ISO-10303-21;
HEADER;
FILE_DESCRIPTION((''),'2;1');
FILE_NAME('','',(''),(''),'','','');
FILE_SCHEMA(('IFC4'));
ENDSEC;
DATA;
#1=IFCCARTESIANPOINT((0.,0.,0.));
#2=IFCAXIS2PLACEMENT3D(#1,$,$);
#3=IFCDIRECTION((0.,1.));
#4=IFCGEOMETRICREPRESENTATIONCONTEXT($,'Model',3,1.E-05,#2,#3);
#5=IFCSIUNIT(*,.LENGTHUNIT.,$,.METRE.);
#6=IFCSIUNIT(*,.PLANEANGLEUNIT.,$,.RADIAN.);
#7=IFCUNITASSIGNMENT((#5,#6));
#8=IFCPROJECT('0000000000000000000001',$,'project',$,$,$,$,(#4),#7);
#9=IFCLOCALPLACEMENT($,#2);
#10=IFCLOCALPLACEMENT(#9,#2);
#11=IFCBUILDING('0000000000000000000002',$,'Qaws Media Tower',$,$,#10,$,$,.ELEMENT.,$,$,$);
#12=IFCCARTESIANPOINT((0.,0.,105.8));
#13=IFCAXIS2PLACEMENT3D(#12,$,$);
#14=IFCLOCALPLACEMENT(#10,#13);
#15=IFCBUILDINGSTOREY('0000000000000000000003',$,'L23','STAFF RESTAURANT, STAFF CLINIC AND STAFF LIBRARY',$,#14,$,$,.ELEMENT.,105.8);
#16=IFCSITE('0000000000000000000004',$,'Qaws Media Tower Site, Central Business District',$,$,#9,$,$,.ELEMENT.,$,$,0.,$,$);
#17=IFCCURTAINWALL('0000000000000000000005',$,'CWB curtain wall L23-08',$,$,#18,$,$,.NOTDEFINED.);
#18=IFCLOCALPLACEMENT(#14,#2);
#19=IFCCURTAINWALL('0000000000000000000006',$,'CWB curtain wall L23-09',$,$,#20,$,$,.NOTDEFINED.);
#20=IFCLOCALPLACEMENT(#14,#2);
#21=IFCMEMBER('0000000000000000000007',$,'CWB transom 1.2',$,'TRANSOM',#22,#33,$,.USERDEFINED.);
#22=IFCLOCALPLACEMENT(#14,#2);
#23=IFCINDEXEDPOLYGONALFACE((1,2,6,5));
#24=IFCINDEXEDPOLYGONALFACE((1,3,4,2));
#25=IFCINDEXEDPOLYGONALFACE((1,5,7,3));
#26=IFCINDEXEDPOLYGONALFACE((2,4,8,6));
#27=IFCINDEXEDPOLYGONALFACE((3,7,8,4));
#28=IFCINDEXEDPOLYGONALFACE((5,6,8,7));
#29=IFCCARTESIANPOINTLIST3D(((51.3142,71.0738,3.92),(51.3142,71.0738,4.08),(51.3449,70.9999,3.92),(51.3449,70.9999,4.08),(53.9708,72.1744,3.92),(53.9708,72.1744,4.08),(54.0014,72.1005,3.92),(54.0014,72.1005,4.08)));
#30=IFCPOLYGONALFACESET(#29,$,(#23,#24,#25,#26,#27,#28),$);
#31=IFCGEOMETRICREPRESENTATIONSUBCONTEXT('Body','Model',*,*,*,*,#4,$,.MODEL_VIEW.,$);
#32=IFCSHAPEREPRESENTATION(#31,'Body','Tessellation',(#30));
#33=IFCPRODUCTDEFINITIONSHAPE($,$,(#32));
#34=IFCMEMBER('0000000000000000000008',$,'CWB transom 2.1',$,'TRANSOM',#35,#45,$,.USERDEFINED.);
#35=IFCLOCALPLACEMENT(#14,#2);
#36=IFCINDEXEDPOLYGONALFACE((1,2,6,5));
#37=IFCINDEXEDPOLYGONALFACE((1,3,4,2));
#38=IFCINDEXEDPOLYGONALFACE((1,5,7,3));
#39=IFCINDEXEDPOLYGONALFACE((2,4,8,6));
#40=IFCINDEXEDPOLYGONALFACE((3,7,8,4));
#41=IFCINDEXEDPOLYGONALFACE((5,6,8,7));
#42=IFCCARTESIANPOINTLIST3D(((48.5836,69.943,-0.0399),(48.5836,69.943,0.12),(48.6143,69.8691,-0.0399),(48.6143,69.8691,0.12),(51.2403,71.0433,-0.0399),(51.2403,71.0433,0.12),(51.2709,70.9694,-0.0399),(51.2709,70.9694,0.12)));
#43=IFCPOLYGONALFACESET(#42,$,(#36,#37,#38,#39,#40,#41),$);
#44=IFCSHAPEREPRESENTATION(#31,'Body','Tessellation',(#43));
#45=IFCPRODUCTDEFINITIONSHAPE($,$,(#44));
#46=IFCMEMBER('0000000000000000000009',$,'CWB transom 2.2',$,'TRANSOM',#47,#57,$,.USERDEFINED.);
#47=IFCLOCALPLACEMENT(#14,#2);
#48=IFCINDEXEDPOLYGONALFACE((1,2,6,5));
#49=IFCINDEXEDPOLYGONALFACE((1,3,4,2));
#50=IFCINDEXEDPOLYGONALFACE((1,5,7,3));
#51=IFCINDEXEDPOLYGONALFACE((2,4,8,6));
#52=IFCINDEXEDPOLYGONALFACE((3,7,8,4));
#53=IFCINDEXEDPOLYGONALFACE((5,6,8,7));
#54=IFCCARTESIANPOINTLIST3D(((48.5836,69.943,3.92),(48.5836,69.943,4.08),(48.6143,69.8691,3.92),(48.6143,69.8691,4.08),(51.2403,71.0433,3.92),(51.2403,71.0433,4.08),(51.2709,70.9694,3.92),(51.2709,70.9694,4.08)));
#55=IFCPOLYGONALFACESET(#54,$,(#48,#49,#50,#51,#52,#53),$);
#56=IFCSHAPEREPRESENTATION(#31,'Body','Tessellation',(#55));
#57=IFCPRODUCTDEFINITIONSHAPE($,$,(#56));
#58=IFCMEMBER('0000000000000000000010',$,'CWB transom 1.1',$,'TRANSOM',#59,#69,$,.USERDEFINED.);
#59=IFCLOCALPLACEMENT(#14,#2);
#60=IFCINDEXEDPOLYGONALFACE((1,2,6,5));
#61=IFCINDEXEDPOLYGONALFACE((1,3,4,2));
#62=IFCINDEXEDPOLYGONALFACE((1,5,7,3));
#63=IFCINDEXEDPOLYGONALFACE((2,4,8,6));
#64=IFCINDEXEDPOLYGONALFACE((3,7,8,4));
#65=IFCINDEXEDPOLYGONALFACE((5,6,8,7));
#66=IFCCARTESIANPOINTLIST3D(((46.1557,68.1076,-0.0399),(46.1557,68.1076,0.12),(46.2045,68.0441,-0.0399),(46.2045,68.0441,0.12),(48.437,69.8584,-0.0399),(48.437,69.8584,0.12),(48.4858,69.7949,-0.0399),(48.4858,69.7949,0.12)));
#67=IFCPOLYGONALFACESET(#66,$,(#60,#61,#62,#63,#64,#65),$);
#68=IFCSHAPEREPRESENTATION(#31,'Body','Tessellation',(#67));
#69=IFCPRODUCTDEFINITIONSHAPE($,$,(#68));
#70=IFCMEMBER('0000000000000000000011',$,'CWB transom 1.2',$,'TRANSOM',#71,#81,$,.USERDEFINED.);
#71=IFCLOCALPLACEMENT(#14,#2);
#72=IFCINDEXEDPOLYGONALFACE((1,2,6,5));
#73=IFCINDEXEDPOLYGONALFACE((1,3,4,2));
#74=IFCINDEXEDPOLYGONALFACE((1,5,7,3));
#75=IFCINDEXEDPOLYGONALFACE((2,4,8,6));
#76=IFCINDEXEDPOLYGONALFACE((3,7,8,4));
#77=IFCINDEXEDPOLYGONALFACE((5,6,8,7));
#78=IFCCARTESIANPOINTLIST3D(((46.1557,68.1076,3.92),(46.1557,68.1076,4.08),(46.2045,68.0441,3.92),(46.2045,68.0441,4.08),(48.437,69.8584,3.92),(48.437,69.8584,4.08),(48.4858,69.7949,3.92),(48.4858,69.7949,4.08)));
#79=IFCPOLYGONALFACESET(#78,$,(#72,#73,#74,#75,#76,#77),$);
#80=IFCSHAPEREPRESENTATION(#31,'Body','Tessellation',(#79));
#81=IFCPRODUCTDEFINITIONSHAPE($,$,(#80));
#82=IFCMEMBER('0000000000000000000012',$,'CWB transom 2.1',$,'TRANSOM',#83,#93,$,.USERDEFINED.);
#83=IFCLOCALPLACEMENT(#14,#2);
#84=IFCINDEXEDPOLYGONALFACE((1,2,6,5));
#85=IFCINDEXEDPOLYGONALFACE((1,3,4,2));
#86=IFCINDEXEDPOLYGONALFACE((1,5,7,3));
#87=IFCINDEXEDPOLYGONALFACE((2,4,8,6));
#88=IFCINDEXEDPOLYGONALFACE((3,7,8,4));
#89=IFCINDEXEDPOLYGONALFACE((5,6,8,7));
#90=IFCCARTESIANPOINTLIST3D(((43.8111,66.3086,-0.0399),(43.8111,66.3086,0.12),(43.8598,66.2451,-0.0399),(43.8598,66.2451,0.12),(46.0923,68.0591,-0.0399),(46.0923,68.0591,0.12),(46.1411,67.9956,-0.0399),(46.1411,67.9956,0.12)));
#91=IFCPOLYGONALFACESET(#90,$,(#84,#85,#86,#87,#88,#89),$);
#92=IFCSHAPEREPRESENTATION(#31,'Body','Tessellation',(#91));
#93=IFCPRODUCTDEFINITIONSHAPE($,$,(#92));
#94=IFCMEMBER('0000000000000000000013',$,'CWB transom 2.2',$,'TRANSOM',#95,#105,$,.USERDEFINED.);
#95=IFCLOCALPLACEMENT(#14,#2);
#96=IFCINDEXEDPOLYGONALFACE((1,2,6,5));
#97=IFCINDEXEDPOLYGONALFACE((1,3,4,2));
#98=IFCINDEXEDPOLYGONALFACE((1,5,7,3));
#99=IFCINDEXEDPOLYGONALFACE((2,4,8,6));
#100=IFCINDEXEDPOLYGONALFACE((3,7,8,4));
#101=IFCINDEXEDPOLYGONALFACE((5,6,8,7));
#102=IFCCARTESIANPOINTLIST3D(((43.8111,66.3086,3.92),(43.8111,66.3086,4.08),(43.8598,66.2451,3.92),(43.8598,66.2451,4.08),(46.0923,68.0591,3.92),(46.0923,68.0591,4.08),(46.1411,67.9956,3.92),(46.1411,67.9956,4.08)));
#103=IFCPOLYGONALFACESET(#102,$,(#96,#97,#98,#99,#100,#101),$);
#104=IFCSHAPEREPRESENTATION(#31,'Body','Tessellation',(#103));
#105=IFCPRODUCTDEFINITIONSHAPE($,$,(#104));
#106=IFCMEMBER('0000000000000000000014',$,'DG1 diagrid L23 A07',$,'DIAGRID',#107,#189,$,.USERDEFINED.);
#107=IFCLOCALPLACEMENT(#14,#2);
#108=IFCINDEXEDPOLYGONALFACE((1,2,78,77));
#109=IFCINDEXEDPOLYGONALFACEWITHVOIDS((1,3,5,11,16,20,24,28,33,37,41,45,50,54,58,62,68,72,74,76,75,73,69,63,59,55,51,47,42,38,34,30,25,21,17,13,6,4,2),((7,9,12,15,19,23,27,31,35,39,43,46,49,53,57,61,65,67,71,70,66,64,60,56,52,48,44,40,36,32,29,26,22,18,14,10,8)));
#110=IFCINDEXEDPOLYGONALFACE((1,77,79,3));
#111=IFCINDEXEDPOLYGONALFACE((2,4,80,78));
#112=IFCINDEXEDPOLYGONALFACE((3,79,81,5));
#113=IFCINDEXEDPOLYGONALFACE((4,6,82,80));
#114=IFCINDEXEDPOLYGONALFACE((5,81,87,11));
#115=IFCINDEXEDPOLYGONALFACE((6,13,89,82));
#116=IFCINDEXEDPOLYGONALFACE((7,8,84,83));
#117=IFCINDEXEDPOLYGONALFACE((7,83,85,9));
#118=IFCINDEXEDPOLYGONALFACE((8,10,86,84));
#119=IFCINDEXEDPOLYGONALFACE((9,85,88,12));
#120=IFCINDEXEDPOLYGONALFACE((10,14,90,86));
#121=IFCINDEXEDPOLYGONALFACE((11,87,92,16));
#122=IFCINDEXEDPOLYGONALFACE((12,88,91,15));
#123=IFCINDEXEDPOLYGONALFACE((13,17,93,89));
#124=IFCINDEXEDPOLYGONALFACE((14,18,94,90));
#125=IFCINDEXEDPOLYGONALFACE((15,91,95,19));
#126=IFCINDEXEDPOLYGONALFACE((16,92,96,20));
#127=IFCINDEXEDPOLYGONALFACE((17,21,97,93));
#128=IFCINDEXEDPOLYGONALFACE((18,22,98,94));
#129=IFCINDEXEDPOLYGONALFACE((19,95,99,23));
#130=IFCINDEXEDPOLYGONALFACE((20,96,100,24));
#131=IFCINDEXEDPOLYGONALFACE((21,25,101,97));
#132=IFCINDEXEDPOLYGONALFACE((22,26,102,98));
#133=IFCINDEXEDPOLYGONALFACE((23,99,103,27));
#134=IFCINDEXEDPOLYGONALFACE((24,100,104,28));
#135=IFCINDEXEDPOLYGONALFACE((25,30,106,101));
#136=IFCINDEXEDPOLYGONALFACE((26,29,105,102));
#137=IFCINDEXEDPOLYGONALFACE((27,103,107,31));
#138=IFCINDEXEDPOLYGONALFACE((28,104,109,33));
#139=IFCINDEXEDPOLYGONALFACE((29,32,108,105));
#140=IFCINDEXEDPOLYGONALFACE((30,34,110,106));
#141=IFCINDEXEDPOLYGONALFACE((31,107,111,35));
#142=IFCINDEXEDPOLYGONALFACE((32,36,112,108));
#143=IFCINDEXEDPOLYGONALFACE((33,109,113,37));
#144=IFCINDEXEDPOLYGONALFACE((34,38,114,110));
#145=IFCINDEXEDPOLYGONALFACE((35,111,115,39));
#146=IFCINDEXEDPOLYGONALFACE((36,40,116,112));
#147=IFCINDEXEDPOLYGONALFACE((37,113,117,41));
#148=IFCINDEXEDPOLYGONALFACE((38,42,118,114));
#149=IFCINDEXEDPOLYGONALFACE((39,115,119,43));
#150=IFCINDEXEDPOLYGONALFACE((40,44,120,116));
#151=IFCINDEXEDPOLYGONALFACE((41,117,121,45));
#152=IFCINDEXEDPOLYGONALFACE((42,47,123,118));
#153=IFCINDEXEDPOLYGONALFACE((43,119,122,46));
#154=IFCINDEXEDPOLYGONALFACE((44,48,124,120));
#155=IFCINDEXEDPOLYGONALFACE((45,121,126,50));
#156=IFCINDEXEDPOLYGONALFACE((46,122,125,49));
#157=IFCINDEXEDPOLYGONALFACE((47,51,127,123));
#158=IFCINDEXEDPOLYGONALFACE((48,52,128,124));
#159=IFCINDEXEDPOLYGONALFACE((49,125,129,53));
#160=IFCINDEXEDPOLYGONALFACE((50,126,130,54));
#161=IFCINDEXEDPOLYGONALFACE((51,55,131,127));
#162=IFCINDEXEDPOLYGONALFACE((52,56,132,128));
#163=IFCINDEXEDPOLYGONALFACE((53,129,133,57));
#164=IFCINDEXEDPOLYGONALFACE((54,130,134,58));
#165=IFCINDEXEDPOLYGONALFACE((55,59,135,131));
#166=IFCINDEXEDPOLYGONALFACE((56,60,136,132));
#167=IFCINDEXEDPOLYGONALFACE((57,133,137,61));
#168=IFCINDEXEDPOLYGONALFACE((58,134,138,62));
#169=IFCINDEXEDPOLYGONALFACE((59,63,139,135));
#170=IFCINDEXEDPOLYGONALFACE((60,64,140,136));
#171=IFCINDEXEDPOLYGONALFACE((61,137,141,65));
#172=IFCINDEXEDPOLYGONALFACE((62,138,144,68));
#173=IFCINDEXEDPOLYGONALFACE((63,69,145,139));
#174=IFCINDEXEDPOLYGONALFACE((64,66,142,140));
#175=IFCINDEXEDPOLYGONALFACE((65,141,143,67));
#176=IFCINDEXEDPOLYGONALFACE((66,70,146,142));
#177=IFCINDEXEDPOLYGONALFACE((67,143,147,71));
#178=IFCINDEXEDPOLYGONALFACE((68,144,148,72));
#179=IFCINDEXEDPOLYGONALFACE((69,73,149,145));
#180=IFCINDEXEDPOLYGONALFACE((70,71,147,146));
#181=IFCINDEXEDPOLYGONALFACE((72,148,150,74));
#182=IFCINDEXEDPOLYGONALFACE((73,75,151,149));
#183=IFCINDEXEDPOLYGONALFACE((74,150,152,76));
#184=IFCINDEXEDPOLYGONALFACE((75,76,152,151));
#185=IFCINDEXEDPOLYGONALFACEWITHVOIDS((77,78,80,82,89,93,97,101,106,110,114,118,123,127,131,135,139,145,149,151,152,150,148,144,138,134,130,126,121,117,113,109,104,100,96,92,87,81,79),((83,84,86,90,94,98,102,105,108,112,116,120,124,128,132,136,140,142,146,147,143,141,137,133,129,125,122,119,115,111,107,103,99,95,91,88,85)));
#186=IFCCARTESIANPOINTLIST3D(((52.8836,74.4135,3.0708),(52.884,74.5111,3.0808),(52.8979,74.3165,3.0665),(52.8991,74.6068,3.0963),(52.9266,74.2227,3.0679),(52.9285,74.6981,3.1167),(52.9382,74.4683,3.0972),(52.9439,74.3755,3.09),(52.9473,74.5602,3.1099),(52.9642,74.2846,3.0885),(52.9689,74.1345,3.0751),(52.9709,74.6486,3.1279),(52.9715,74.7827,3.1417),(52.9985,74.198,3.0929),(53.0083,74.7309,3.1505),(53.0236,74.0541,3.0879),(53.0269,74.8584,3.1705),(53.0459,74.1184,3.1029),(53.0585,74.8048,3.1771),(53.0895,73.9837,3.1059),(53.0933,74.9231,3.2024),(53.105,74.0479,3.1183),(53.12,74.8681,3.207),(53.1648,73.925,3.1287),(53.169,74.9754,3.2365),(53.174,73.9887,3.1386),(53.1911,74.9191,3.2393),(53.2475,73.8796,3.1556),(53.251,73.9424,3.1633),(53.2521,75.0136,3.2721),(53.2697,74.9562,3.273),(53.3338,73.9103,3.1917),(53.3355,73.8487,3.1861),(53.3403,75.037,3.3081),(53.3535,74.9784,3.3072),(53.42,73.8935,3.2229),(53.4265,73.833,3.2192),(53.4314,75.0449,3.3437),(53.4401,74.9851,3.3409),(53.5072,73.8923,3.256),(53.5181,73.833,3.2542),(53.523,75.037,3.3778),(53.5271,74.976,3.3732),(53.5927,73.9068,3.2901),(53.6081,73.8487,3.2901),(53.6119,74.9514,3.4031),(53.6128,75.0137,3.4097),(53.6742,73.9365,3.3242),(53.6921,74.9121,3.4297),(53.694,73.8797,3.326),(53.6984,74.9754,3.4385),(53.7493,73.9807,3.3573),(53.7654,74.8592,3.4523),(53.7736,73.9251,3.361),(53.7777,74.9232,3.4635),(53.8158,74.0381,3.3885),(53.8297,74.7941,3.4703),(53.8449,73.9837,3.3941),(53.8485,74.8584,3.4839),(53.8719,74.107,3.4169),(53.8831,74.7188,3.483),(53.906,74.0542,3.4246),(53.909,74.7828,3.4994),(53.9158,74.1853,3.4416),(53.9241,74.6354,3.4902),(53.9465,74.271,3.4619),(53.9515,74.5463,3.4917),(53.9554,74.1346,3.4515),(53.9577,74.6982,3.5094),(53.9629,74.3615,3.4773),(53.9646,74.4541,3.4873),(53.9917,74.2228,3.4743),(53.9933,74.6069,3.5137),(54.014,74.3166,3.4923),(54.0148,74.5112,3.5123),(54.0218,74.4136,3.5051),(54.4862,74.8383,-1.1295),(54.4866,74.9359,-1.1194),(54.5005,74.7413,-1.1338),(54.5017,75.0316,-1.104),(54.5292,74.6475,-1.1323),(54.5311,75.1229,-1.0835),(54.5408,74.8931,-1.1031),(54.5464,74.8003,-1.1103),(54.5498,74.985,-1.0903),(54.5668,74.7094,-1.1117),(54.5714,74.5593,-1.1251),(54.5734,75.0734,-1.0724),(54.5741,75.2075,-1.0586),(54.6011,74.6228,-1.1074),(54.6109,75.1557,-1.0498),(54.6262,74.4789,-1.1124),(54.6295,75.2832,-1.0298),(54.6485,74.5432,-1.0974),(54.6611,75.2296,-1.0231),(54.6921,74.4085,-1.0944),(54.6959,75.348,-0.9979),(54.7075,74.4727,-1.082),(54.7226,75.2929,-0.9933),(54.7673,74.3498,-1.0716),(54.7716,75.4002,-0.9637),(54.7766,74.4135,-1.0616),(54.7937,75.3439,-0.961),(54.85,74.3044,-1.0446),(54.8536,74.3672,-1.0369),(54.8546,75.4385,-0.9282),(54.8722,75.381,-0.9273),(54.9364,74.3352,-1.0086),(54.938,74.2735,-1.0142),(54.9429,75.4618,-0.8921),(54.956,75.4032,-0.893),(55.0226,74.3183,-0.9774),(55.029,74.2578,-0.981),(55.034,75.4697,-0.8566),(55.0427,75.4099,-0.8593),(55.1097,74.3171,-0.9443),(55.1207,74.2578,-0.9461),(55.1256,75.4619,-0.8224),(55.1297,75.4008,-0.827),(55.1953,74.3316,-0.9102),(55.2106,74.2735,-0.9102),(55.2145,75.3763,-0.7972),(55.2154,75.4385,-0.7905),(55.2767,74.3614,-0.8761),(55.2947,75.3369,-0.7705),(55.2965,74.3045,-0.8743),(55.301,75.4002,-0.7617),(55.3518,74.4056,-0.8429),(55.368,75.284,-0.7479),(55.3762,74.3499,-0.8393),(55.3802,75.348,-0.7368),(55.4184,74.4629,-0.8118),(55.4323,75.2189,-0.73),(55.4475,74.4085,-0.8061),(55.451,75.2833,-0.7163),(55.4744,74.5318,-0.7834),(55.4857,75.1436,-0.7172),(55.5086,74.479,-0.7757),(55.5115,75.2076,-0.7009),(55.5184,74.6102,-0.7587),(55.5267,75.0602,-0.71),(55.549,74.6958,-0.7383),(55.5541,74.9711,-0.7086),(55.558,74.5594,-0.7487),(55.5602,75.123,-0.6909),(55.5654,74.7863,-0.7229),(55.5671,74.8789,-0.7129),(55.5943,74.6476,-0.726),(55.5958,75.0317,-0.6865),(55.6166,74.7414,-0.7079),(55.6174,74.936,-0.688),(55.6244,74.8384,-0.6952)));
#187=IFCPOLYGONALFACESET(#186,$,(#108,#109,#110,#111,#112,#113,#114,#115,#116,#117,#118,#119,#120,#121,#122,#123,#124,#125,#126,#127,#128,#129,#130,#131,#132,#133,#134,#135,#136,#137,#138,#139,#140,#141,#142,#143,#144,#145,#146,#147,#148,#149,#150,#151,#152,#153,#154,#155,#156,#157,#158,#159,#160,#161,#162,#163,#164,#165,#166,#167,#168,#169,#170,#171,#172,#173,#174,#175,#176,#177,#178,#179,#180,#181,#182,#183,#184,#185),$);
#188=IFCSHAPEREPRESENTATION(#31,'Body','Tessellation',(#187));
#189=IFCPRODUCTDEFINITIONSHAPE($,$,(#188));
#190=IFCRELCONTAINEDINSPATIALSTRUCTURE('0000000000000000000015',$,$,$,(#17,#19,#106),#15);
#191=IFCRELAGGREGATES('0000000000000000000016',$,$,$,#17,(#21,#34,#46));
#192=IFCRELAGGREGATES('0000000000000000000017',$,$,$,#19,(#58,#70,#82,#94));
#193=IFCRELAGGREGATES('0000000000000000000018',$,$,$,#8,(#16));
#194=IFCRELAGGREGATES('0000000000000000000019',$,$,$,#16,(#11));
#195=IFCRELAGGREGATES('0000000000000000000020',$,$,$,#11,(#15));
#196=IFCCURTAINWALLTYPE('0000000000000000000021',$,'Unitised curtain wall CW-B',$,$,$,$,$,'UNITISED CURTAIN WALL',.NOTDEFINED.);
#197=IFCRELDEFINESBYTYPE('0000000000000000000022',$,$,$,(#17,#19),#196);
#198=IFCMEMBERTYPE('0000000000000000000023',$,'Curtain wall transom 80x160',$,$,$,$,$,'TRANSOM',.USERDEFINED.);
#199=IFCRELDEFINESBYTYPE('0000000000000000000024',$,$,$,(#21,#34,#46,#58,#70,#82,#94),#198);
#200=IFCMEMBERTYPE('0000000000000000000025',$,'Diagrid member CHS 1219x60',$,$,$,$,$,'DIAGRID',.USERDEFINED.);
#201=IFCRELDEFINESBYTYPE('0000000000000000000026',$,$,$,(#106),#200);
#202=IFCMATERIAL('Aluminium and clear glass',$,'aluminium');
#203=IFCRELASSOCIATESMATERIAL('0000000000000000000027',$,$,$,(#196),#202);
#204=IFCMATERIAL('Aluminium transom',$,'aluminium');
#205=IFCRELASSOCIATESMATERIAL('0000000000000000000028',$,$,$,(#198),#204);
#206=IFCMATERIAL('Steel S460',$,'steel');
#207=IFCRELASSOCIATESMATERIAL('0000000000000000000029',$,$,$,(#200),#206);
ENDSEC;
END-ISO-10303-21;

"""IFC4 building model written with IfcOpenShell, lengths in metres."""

from ifc_helpers import new_model, si_unit, direction, frame, origin, origin_2d, place, context, subcontext, project, spatial, rectangle, hollow_circle, extrude, material, material_profile, profile_set, type_object, element, aggregate, save


model = new_model("IFC4")

# Units and contexts
model_context = context("Model", 3, precision=1e-05, world=origin(), true_north=direction((0.0, 1.0)))
body_context = subcontext(model_context, "Body", "Model", "MODEL_VIEW")
ifc_project = project(units=[si_unit("LENGTHUNIT", "METRE"), si_unit("PLANEANGLEUNIT", "RADIAN")], contexts=[model_context])

# Site, building, storey
site_placement = place(None, origin())
site = spatial("IfcSite", under=ifc_project, at=site_placement, Name="Qaws Media Tower Site, Central Business District", CompositionType="ELEMENT", RefElevation=0.0)
building_placement = place(site_placement, origin())
building = spatial("IfcBuilding", under=site, at=building_placement, Name="Qaws Media Tower", CompositionType="ELEMENT")
storey_placement = place(building_placement, frame((0.0, 0.0, 105.8)))
storey = spatial("IfcBuildingStorey", under=building, at=storey_placement, Name="L23", Description="STAFF RESTAURANT, STAFF CLINIC AND STAFF LIBRARY", CompositionType="ELEMENT", Elevation=105.8)

# Curtain walls
ifc_material_1 = material(Name="Aluminium and clear glass", Category="aluminium")
curtain_wall_type = type_object("IfcCurtainWallType", Name="Unitised curtain wall CW-B", ElementType="UNITISED CURTAIN WALL", PredefinedType="NOTDEFINED", material=ifc_material_1)
curtain_wall_1_placement = place(storey_placement, origin())
curtain_wall_1 = element("IfcCurtainWall", 1, at=curtain_wall_1_placement, inside=storey, type_object=curtain_wall_type, Name="CWB curtain wall L23-08", PredefinedType="NOTDEFINED")
curtain_wall_2_placement = place(storey_placement, origin())
curtain_wall_2 = element("IfcCurtainWall", 2, at=curtain_wall_2_placement, inside=storey, type_object=curtain_wall_type, Name="CWB curtain wall L23-09", PredefinedType="NOTDEFINED")

# Members
ifc_material_2 = material(Name="Aluminium transom", Category="aluminium")
ifc_material_profile_1 = material_profile(ifc_material_2, rectangle(XDim=0.0801, YDim=0.1599, at=origin_2d()), Name="80x160")
ifc_profile_set_1 = profile_set([ifc_material_profile_1], Name="Aluminium transom")
member_type_1 = type_object("IfcMemberType", Name="Curtain wall transom 80x160", ElementType="TRANSOM", PredefinedType="USERDEFINED", material=ifc_profile_set_1)
member_1_placement = place(storey_placement, frame((53.9861, 72.1375, 4.0), z_axis=(-0.923851, -0.382752, 0.0), x_axis=(0.382752, -0.923851, 0.0)))
member_1 = element("IfcMember", 3, at=member_1_placement, type_object=member_type_1, Name="CWB transom 1.2", ObjectType="TRANSOM", PredefinedType="USERDEFINED", context=body_context, shape_type="SweptSolid", body=[
    extrude(rectangle(XDim=0.0801, YDim=0.1599, at=origin_2d()), origin(), (0.0, 0.0, 1.0), 2.8755),
])
member_2_placement = place(storey_placement, frame((51.2556, 71.0063, 0.04), z_axis=(-0.923894, -0.382649, 0.0), x_axis=(0.382649, -0.923894, 0.0)))
member_2 = element("IfcMember", 4, at=member_2_placement, type_object=member_type_1, Name="CWB transom 2.1", ObjectType="TRANSOM", PredefinedType="USERDEFINED", context=body_context, shape_type="SweptSolid", body=[
    extrude(rectangle(XDim=0.0801, YDim=0.1599, at=origin_2d()), origin(), (0.0, 0.0, 1.0), 2.8755),
])
member_3_placement = place(storey_placement, frame((51.2556, 71.0063, 4.0), z_axis=(-0.923894, -0.382649, 0.0), x_axis=(0.382649, -0.923894, 0.0)))
member_3 = element("IfcMember", 5, at=member_3_placement, type_object=member_type_1, Name="CWB transom 2.2", ObjectType="TRANSOM", PredefinedType="USERDEFINED", context=body_context, shape_type="SweptSolid", body=[
    extrude(rectangle(XDim=0.0801, YDim=0.1599, at=origin_2d()), origin(), (0.0, 0.0, 1.0), 2.8755),
])
member_4_placement = place(storey_placement, frame((48.4614, 69.8267, 0.04), z_axis=(-0.793308, -0.60882, 0.0), x_axis=(0.60882, -0.793308, 0.0)))
member_4 = element("IfcMember", 6, at=member_4_placement, type_object=member_type_1, Name="CWB transom 1.1", ObjectType="TRANSOM", PredefinedType="USERDEFINED", context=body_context, shape_type="SweptSolid", body=[
    extrude(rectangle(XDim=0.0801, YDim=0.1599, at=origin_2d()), origin(), (0.0, 0.0, 1.0), 2.8757),
])
member_5_placement = place(storey_placement, frame((48.4614, 69.8267, 4.0), z_axis=(-0.793308, -0.60882, 0.0), x_axis=(0.60882, -0.793308, 0.0)))
member_5 = element("IfcMember", 7, at=member_5_placement, type_object=member_type_1, Name="CWB transom 1.2", ObjectType="TRANSOM", PredefinedType="USERDEFINED", context=body_context, shape_type="SweptSolid", body=[
    extrude(rectangle(XDim=0.0801, YDim=0.1599, at=origin_2d()), origin(), (0.0, 0.0, 1.0), 2.8757),
])
member_6_placement = place(storey_placement, frame((46.1167, 68.0273, 0.04), z_axis=(-0.793349, -0.608767, 0.0), x_axis=(0.608767, -0.793349, 0.0)))
member_6 = element("IfcMember", 8, at=member_6_placement, type_object=member_type_1, Name="CWB transom 2.1", ObjectType="TRANSOM", PredefinedType="USERDEFINED", context=body_context, shape_type="SweptSolid", body=[
    extrude(rectangle(XDim=0.0801, YDim=0.1599, at=origin_2d()), origin(), (0.0, 0.0, 1.0), 2.8755),
])
member_7_placement = place(storey_placement, frame((46.1167, 68.0273, 4.0), z_axis=(-0.793349, -0.608767, 0.0), x_axis=(0.608767, -0.793349, 0.0)))
member_7 = element("IfcMember", 9, at=member_7_placement, type_object=member_type_1, Name="CWB transom 2.2", ObjectType="TRANSOM", PredefinedType="USERDEFINED", context=body_context, shape_type="SweptSolid", body=[
    extrude(rectangle(XDim=0.0801, YDim=0.1599, at=origin_2d()), origin(), (0.0, 0.0, 1.0), 2.8755),
])

# Member
ifc_material_3 = material(Name="Steel S460", Category="steel")
ifc_material_profile_2 = material_profile(ifc_material_3, hollow_circle(Radius=0.6096, WallThickness=0.0601, at=origin_2d()), Name="CHS 1219x60")
ifc_profile_set_2 = profile_set([ifc_material_profile_2], Name="Steel S460")
member_type_2 = type_object("IfcMemberType", Name="Diagrid member CHS 1219x60", ElementType="DIAGRID", PredefinedType="USERDEFINED", material=ifc_profile_set_2)
for number, where, z_axis, x_axis, name in (
    (10, (55.0544, 74.8628, -0.9102), (-0.354893, -0.094076, 0.930162), (0.256233, -0.966615, 0.0), "DG1 diagrid L23 A07"),
):
    element("IfcMember", number, at=place(storey_placement, frame(where, z_axis=z_axis, x_axis=x_axis)), inside=storey, type_object=member_type_2, Name=name, ObjectType="DIAGRID", PredefinedType="USERDEFINED", context=body_context, shape_type="SweptSolid", body=[
        extrude(hollow_circle(Radius=0.6096, WallThickness=0.0601, at=origin_2d()), origin(), (0.0, 0.0, 1.0), 4.5156),
    ])

aggregate(curtain_wall_1, [member_1, member_2, member_3])
aggregate(curtain_wall_2, [member_4, member_5, member_6, member_7])

save(model, "model.ifc")
